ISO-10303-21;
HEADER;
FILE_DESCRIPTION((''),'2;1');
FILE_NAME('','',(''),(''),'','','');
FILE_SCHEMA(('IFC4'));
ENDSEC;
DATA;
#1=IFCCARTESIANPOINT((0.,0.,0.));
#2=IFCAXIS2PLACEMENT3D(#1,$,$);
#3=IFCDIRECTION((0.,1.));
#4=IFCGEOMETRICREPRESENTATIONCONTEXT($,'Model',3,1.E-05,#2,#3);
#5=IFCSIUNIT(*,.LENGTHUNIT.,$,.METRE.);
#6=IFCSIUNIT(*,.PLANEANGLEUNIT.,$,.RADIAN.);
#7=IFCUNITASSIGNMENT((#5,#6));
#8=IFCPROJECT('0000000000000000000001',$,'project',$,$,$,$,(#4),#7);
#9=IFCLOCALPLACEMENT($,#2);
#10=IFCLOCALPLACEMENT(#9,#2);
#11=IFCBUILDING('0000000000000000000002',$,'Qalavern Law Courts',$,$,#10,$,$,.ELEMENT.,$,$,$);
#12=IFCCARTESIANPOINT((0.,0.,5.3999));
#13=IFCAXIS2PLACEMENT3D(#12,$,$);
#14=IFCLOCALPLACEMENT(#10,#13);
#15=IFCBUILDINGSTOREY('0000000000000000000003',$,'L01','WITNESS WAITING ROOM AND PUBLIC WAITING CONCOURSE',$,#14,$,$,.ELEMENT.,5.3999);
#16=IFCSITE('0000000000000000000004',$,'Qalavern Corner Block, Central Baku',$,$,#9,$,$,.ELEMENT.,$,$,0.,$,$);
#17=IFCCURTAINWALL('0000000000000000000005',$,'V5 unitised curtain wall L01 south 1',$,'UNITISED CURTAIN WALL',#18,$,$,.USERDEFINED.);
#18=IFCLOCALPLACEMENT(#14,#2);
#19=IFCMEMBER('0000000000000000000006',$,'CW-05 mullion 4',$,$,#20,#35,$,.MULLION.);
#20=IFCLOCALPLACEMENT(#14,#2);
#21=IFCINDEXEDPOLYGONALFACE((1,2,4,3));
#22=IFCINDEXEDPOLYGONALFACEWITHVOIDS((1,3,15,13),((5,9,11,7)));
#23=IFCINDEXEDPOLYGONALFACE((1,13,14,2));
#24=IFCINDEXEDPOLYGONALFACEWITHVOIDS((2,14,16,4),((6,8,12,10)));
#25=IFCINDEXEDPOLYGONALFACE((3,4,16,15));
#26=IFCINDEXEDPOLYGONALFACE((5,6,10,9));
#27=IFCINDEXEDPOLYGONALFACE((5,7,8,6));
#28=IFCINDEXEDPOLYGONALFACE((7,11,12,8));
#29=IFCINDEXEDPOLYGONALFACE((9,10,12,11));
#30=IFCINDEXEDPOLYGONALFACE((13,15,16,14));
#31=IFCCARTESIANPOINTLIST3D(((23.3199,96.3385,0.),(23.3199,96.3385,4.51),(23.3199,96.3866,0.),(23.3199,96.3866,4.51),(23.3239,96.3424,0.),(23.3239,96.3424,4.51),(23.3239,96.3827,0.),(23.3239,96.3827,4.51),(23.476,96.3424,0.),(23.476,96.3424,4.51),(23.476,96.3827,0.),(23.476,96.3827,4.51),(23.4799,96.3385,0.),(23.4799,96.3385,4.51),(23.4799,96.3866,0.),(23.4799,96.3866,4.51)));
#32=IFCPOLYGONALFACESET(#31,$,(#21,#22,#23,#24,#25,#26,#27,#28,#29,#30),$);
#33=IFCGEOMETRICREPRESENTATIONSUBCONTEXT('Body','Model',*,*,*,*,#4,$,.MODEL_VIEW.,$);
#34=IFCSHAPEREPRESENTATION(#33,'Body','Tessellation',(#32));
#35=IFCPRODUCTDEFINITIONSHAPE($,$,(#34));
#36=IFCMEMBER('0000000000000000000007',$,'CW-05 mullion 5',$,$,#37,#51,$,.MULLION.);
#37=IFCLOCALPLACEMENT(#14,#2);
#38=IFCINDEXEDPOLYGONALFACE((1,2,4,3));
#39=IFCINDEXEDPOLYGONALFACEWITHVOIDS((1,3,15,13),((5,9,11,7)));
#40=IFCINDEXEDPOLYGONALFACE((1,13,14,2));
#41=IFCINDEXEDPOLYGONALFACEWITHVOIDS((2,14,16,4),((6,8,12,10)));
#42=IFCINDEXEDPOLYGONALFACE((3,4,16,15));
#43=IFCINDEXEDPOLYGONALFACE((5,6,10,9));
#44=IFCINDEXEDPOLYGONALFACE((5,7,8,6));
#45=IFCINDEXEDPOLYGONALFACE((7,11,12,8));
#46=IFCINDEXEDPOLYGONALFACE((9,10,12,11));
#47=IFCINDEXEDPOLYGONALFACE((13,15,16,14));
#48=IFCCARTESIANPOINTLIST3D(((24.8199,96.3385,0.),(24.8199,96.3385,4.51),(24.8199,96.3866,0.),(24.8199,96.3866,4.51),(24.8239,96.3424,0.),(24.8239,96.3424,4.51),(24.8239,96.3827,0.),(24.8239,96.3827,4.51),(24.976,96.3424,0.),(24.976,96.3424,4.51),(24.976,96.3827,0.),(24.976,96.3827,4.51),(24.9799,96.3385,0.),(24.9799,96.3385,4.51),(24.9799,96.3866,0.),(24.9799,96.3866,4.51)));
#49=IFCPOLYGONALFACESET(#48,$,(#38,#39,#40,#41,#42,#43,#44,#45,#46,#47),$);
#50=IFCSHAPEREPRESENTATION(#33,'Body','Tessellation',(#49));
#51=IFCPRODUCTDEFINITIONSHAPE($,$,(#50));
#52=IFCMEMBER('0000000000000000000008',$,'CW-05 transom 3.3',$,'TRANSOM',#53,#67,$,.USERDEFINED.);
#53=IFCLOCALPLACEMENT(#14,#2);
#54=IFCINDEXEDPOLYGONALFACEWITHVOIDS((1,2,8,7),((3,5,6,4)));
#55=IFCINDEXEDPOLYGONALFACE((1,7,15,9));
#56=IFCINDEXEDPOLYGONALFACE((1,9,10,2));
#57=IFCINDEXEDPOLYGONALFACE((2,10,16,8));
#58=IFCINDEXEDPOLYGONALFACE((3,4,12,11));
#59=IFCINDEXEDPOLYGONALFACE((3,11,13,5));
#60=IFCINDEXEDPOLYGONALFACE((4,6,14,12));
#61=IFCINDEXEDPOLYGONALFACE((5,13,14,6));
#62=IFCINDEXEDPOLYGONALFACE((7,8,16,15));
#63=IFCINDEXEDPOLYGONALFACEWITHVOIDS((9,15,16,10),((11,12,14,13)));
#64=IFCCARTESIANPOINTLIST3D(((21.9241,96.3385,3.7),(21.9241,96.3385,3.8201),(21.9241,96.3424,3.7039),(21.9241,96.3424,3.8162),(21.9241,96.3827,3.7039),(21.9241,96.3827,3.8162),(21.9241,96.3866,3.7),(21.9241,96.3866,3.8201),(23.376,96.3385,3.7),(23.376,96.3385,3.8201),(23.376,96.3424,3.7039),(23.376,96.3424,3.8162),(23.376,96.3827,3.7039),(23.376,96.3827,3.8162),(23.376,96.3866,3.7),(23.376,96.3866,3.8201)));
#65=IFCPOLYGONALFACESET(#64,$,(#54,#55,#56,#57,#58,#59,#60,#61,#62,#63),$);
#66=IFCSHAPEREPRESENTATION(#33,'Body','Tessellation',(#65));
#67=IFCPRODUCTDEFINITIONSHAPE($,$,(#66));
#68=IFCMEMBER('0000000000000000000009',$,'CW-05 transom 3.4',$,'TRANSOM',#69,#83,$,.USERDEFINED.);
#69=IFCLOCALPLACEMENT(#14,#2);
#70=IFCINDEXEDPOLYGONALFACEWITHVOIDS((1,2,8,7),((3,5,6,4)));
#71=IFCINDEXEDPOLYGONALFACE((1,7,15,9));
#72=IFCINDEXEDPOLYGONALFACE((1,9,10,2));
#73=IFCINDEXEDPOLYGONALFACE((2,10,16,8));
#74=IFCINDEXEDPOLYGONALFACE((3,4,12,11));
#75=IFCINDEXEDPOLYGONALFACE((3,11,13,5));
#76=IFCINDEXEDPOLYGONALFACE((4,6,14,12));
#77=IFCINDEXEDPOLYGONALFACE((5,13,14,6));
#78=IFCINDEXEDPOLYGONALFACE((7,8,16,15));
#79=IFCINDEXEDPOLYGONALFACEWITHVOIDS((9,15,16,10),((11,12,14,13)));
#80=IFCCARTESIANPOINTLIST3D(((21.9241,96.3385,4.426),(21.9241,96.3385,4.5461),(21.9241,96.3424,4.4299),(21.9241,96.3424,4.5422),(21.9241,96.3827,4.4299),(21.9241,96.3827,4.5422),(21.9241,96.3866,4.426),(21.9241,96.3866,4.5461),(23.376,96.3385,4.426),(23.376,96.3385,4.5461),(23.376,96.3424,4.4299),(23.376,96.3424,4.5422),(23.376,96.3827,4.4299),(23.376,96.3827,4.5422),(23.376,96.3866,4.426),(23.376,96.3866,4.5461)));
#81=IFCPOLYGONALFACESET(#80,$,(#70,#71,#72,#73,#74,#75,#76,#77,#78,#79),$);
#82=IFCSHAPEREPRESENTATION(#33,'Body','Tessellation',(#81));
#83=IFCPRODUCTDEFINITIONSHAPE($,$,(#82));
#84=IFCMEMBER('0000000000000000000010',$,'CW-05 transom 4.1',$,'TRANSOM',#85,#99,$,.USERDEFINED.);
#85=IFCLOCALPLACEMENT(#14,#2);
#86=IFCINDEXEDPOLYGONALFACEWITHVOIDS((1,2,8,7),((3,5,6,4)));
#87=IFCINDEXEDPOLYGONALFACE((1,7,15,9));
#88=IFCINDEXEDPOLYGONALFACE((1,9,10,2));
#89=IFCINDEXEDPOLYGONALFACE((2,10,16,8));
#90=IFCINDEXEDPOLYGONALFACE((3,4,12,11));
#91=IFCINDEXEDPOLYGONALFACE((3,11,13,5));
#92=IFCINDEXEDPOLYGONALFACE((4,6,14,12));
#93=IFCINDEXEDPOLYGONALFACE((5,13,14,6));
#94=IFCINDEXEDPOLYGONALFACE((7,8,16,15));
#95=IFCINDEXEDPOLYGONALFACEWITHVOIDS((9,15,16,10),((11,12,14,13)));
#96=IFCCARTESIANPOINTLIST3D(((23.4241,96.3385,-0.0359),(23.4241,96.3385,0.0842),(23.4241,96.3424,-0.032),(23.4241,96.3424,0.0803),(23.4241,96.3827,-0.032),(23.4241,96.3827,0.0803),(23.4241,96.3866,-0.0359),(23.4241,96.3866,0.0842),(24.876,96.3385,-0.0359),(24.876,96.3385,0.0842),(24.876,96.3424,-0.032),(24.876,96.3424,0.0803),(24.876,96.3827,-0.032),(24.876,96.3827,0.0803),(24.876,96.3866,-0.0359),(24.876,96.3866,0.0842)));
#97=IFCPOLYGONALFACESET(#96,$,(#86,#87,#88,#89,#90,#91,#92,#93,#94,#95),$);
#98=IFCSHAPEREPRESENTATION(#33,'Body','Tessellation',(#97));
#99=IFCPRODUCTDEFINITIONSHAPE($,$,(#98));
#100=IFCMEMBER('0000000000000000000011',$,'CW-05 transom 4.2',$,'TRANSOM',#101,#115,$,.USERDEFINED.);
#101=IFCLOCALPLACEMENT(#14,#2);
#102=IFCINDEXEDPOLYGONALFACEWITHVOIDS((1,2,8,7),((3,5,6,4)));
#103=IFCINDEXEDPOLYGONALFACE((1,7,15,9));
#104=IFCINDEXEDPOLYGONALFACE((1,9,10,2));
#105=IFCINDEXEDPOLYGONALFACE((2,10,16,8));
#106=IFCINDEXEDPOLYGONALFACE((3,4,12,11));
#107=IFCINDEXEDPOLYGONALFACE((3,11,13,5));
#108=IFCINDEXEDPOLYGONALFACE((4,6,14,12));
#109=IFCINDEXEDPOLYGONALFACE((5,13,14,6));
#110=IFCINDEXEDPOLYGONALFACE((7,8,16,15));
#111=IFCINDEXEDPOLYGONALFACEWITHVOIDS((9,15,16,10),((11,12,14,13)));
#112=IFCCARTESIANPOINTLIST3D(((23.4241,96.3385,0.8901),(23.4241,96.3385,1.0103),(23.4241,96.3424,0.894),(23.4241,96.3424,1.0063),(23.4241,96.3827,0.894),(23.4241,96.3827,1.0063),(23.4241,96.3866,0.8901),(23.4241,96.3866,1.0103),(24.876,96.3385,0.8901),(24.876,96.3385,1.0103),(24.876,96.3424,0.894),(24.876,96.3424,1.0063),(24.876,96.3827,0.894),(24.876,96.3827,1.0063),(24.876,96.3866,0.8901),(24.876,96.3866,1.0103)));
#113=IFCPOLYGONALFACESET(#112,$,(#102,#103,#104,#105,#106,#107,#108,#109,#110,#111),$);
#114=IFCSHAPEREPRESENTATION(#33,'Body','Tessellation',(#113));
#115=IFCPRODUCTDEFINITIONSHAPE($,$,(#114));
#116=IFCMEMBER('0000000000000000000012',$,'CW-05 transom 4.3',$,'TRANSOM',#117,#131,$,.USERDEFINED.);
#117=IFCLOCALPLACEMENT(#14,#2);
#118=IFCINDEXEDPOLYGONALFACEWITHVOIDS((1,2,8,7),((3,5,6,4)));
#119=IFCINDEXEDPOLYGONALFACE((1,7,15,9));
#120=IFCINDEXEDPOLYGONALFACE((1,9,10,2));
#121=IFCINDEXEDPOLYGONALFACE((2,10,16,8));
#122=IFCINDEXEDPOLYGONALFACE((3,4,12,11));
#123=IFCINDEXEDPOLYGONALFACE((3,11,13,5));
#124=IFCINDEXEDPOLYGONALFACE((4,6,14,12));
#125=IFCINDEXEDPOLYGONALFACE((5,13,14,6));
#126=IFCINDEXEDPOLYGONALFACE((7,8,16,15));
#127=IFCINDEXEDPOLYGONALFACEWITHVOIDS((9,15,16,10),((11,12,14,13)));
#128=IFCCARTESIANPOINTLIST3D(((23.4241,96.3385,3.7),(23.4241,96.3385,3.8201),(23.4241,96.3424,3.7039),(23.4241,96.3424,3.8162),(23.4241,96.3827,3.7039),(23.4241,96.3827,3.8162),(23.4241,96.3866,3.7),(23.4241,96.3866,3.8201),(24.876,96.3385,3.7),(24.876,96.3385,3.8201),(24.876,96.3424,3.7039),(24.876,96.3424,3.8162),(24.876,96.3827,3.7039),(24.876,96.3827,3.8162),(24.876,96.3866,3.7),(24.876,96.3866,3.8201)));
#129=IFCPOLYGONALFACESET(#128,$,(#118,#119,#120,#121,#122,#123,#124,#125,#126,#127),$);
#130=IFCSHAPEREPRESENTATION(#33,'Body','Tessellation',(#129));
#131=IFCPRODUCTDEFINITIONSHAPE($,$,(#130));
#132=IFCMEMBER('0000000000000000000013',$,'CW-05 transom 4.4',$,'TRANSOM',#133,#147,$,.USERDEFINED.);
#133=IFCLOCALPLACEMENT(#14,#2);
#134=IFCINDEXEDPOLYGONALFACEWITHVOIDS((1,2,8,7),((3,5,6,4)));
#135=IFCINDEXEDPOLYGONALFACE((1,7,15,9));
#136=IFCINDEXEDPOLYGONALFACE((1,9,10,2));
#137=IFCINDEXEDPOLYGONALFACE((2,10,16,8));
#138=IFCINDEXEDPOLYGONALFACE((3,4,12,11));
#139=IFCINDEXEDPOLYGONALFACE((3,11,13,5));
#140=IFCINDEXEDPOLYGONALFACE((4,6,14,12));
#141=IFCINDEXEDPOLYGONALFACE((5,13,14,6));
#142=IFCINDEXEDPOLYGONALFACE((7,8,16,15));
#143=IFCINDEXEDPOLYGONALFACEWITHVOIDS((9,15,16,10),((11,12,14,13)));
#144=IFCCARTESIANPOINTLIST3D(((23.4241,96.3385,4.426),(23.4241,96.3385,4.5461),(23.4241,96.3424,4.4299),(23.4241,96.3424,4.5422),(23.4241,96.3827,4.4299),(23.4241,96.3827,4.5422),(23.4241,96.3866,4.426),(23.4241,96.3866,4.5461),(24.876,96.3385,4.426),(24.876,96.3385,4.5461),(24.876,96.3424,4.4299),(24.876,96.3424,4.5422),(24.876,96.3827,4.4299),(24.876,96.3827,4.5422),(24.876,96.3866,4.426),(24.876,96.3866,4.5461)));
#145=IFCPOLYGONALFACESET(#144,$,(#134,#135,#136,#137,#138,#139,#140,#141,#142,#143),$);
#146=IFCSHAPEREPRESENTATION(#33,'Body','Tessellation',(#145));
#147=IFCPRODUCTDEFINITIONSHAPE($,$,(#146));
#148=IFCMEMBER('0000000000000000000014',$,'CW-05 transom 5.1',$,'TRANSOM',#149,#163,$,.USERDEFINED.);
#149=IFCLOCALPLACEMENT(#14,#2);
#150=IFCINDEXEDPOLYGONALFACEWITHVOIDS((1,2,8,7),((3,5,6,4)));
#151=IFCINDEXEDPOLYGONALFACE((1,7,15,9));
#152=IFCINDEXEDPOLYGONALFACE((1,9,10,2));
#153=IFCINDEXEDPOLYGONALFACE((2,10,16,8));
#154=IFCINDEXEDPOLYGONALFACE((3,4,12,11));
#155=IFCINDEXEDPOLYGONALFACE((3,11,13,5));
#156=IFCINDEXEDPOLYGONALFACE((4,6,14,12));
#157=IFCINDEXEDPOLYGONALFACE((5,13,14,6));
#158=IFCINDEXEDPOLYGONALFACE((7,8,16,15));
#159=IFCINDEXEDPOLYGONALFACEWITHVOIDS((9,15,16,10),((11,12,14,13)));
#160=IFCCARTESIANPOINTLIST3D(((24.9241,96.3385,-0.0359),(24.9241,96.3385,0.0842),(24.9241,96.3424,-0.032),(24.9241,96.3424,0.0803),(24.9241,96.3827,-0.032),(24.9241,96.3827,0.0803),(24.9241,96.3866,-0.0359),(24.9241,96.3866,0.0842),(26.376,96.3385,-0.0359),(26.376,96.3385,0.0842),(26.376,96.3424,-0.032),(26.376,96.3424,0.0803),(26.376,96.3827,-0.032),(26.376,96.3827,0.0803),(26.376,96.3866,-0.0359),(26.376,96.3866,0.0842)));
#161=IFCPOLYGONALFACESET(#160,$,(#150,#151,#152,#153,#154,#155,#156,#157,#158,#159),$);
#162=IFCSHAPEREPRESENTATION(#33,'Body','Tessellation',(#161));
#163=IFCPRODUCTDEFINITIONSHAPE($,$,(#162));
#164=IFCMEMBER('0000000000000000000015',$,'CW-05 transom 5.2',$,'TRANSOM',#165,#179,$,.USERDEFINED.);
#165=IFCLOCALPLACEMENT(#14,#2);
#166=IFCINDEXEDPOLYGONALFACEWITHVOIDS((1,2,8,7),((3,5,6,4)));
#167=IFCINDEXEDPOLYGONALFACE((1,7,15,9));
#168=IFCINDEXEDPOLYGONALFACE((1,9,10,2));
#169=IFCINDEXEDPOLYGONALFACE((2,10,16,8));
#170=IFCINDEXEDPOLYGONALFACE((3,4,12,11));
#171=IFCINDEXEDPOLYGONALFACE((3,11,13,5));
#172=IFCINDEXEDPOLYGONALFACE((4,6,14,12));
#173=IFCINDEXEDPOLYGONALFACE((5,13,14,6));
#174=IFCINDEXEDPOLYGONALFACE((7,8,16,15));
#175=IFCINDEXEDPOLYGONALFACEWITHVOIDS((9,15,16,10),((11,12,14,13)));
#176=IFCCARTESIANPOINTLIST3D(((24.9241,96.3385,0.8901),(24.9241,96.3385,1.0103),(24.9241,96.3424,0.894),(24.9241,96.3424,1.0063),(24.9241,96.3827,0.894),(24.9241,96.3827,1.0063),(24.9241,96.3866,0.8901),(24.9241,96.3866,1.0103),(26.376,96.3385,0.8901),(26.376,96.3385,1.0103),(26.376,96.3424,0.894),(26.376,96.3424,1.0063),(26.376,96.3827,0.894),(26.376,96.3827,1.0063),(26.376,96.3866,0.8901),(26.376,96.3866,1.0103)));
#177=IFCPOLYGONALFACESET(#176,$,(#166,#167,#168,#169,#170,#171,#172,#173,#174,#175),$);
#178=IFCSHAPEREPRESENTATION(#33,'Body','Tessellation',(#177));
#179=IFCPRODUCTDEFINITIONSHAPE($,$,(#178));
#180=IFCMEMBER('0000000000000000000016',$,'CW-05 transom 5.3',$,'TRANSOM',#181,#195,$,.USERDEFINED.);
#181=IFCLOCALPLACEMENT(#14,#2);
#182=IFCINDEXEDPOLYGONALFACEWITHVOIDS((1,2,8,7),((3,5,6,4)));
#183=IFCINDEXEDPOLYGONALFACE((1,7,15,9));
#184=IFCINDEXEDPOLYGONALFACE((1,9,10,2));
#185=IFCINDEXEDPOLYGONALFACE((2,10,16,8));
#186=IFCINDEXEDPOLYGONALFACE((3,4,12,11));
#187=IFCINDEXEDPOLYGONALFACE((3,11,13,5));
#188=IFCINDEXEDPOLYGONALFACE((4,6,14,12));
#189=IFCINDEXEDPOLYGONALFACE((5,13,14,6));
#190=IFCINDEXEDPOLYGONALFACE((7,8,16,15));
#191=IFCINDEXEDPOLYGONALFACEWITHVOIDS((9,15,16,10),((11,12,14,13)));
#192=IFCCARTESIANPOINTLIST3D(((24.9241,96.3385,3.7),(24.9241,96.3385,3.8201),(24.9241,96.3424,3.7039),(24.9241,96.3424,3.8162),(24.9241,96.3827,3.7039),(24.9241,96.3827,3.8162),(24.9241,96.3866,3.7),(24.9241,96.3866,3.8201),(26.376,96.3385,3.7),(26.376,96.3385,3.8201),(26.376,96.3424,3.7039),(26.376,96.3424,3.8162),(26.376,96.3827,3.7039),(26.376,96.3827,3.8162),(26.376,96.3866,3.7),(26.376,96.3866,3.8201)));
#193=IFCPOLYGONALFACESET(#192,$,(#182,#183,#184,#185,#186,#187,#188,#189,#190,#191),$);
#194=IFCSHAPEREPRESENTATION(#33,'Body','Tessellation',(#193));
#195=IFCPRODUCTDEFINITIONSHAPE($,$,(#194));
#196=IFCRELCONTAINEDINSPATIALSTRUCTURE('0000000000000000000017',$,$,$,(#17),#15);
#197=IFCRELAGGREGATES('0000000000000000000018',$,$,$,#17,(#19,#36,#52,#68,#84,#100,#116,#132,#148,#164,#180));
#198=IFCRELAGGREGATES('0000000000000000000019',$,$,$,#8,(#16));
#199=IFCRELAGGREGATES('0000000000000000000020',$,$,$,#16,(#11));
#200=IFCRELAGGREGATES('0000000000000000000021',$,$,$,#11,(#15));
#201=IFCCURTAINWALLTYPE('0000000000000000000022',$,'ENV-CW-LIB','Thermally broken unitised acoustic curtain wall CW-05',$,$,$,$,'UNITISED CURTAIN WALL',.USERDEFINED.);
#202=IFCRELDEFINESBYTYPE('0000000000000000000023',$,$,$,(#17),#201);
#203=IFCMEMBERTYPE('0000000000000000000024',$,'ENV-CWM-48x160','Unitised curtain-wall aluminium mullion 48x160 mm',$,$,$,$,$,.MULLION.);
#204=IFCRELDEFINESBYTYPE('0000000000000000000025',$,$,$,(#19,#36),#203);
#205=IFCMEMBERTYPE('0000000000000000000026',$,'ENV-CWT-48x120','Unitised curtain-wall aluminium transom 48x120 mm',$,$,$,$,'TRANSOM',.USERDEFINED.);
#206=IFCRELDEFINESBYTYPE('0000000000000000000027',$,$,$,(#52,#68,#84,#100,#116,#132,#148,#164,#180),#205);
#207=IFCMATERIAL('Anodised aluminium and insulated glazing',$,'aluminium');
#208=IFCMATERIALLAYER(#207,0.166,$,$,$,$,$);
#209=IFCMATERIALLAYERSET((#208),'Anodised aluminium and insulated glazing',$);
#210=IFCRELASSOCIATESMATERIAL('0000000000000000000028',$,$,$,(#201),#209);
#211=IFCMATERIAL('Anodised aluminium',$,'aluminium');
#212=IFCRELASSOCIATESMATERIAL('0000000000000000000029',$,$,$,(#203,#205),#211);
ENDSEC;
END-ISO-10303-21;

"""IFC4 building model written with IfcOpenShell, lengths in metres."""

from ifc_helpers import new_model, si_unit, direction, frame, origin, origin_2d, place, context, subcontext, project, spatial, hollow_rectangle, extrude, material, layer, layer_set, material_profile, profile_set, type_object, element, aggregate, save


model = new_model("IFC4")

# Units and contexts
model_context = context("Model", 3, precision=1e-05, world=origin(), true_north=direction((0.0, 1.0)))
body_context = subcontext(model_context, "Body", "Model", "MODEL_VIEW")
ifc_project = project(units=[si_unit("LENGTHUNIT", "METRE"), si_unit("PLANEANGLEUNIT", "RADIAN")], contexts=[model_context])

# Site, building, storey
site_placement = place(None, origin())
site = spatial("IfcSite", under=ifc_project, at=site_placement, Name="Qalavern Corner Block, Central Baku", CompositionType="ELEMENT", RefElevation=0.0)
building_placement = place(site_placement, origin())
building = spatial("IfcBuilding", under=site, at=building_placement, Name="Qalavern Law Courts", CompositionType="ELEMENT")
storey_placement = place(building_placement, frame((0.0, 0.0, 5.3999)))
storey = spatial("IfcBuildingStorey", under=building, at=storey_placement, Name="L01", Description="WITNESS WAITING ROOM AND PUBLIC WAITING CONCOURSE", CompositionType="ELEMENT", Elevation=5.3999)

# Curtain wall, members
ifc_material_1 = material(Name="Anodised aluminium and insulated glazing", Category="aluminium")
ifc_layer_1 = layer(ifc_material_1, 0.166)
ifc_layer_set_1 = layer_set([ifc_layer_1], Name="Anodised aluminium and insulated glazing")
curtain_wall_type = type_object("IfcCurtainWallType", Name="ENV-CW-LIB", Description="Thermally broken unitised acoustic curtain wall CW-05", ElementType="UNITISED CURTAIN WALL", PredefinedType="USERDEFINED", material=ifc_layer_set_1)
curtain_wall_placement = place(storey_placement, origin())
curtain_wall = element("IfcCurtainWall", 1, at=curtain_wall_placement, inside=storey, type_object=curtain_wall_type, Name="V5 unitised curtain wall L01 south 1", ObjectType="UNITISED CURTAIN WALL", PredefinedType="USERDEFINED")
ifc_material_2 = material(Name="Anodised aluminium", Category="aluminium")
ifc_material_profile_1 = material_profile(ifc_material_2, hollow_rectangle(XDim=0.0481, YDim=0.1599, WallThickness=0.0039, at=origin_2d()), Name="ALU MULLION 48x160")
ifc_profile_set_1 = profile_set([ifc_material_profile_1], Name="Anodised aluminium")
member_type_1 = type_object("IfcMemberType", Name="ENV-CWM-48x160", Description="Unitised curtain-wall aluminium mullion 48x160 mm", PredefinedType="MULLION", material=ifc_profile_set_1)
member_1_placement = place(storey_placement, frame((23.3999, 96.3625, 0.0), z_axis=(0.0, 0.0, 1.0), x_axis=(0.0, 1.0, 0.0)))
member_1 = element("IfcMember", 2, at=member_1_placement, type_object=member_type_1, Name="CW-05 mullion 4", PredefinedType="MULLION", context=body_context, shape_type="SweptSolid", body=[
    extrude(hollow_rectangle(XDim=0.0481, YDim=0.1599, WallThickness=0.0039, at=origin_2d()), origin(), (0.0, 0.0, 1.0), 4.51),
])
member_2_placement = place(storey_placement, frame((24.8999, 96.3625, 0.0), z_axis=(0.0, 0.0, 1.0), x_axis=(0.0, 1.0, 0.0)))
member_2 = element("IfcMember", 3, at=member_2_placement, type_object=member_type_1, Name="CW-05 mullion 5", PredefinedType="MULLION", context=body_context, shape_type="SweptSolid", body=[
    extrude(hollow_rectangle(XDim=0.0481, YDim=0.1599, WallThickness=0.0039, at=origin_2d()), origin(), (0.0, 0.0, 1.0), 4.51),
])
ifc_material_profile_2 = material_profile(ifc_material_2, hollow_rectangle(XDim=0.0481, YDim=0.1201, WallThickness=0.0039, at=origin_2d()), Name="ALU TRANSOM 48x120")
ifc_profile_set_2 = profile_set([ifc_material_profile_2], Name="Anodised aluminium")
member_type_2 = type_object("IfcMemberType", Name="ENV-CWT-48x120", Description="Unitised curtain-wall aluminium transom 48x120 mm", ElementType="TRANSOM", PredefinedType="USERDEFINED", material=ifc_profile_set_2)
member_3_placement = place(storey_placement, frame((21.9241, 96.3625, 3.76), z_axis=(1.0, 0.0, 0.0), x_axis=(0.0, 1.0, 0.0)))
member_3 = element("IfcMember", 4, at=member_3_placement, type_object=member_type_2, Name="CW-05 transom 3.3", ObjectType="TRANSOM", PredefinedType="USERDEFINED", context=body_context, shape_type="SweptSolid", body=[
    extrude(hollow_rectangle(XDim=0.0481, YDim=0.1201, WallThickness=0.0039, at=origin_2d()), origin(), (0.0, 0.0, 1.0), 1.4519),
])
member_4_placement = place(storey_placement, frame((21.9241, 96.3625, 4.4861), z_axis=(1.0, 0.0, 0.0), x_axis=(0.0, 1.0, 0.0)))
member_4 = element("IfcMember", 5, at=member_4_placement, type_object=member_type_2, Name="CW-05 transom 3.4", ObjectType="TRANSOM", PredefinedType="USERDEFINED", context=body_context, shape_type="SweptSolid", body=[
    extrude(hollow_rectangle(XDim=0.0481, YDim=0.1201, WallThickness=0.0039, at=origin_2d()), origin(), (0.0, 0.0, 1.0), 1.4519),
])
member_5_placement = place(storey_placement, frame((23.4241, 96.3625, 0.0242), z_axis=(1.0, 0.0, 0.0), x_axis=(0.0, 1.0, 0.0)))
member_5 = element("IfcMember", 6, at=member_5_placement, type_object=member_type_2, Name="CW-05 transom 4.1", ObjectType="TRANSOM", PredefinedType="USERDEFINED", context=body_context, shape_type="SweptSolid", body=[
    extrude(hollow_rectangle(XDim=0.0481, YDim=0.1201, WallThickness=0.0039, at=origin_2d()), origin(), (0.0, 0.0, 1.0), 1.4519),
])
member_6_placement = place(storey_placement, frame((23.4241, 96.3625, 0.9502), z_axis=(1.0, 0.0, 0.0), x_axis=(0.0, 1.0, 0.0)))
member_6 = element("IfcMember", 7, at=member_6_placement, type_object=member_type_2, Name="CW-05 transom 4.2", ObjectType="TRANSOM", PredefinedType="USERDEFINED", context=body_context, shape_type="SweptSolid", body=[
    extrude(hollow_rectangle(XDim=0.0481, YDim=0.1201, WallThickness=0.0039, at=origin_2d()), origin(), (0.0, 0.0, 1.0), 1.4519),
])
member_7_placement = place(storey_placement, frame((23.4241, 96.3625, 3.76), z_axis=(1.0, 0.0, 0.0), x_axis=(0.0, 1.0, 0.0)))
member_7 = element("IfcMember", 8, at=member_7_placement, type_object=member_type_2, Name="CW-05 transom 4.3", ObjectType="TRANSOM", PredefinedType="USERDEFINED", context=body_context, shape_type="SweptSolid", body=[
    extrude(hollow_rectangle(XDim=0.0481, YDim=0.1201, WallThickness=0.0039, at=origin_2d()), origin(), (0.0, 0.0, 1.0), 1.4519),
])
member_8_placement = place(storey_placement, frame((23.4241, 96.3625, 4.4861), z_axis=(1.0, 0.0, 0.0), x_axis=(0.0, 1.0, 0.0)))
member_8 = element("IfcMember", 9, at=member_8_placement, type_object=member_type_2, Name="CW-05 transom 4.4", ObjectType="TRANSOM", PredefinedType="USERDEFINED", context=body_context, shape_type="SweptSolid", body=[
    extrude(hollow_rectangle(XDim=0.0481, YDim=0.1201, WallThickness=0.0039, at=origin_2d()), origin(), (0.0, 0.0, 1.0), 1.4519),
])
member_9_placement = place(storey_placement, frame((24.9241, 96.3625, 0.0242), z_axis=(1.0, 0.0, 0.0), x_axis=(0.0, 1.0, 0.0)))
member_9 = element("IfcMember", 10, at=member_9_placement, type_object=member_type_2, Name="CW-05 transom 5.1", ObjectType="TRANSOM", PredefinedType="USERDEFINED", context=body_context, shape_type="SweptSolid", body=[
    extrude(hollow_rectangle(XDim=0.0481, YDim=0.1201, WallThickness=0.0039, at=origin_2d()), origin(), (0.0, 0.0, 1.0), 1.4519),
])
member_10_placement = place(storey_placement, frame((24.9241, 96.3625, 0.9502), z_axis=(1.0, 0.0, 0.0), x_axis=(0.0, 1.0, 0.0)))
member_10 = element("IfcMember", 11, at=member_10_placement, type_object=member_type_2, Name="CW-05 transom 5.2", ObjectType="TRANSOM", PredefinedType="USERDEFINED", context=body_context, shape_type="SweptSolid", body=[
    extrude(hollow_rectangle(XDim=0.0481, YDim=0.1201, WallThickness=0.0039, at=origin_2d()), origin(), (0.0, 0.0, 1.0), 1.4519),
])
member_11_placement = place(storey_placement, frame((24.9241, 96.3625, 3.76), z_axis=(1.0, 0.0, 0.0), x_axis=(0.0, 1.0, 0.0)))
member_11 = element("IfcMember", 12, at=member_11_placement, type_object=member_type_2, Name="CW-05 transom 5.3", ObjectType="TRANSOM", PredefinedType="USERDEFINED", context=body_context, shape_type="SweptSolid", body=[
    extrude(hollow_rectangle(XDim=0.0481, YDim=0.1201, WallThickness=0.0039, at=origin_2d()), origin(), (0.0, 0.0, 1.0), 1.4519),
])
aggregate(curtain_wall, [member_1, member_2, member_3, member_4, member_5, member_6, member_7, member_8, member_9, member_10, member_11])

save(model, "model.ifc")
